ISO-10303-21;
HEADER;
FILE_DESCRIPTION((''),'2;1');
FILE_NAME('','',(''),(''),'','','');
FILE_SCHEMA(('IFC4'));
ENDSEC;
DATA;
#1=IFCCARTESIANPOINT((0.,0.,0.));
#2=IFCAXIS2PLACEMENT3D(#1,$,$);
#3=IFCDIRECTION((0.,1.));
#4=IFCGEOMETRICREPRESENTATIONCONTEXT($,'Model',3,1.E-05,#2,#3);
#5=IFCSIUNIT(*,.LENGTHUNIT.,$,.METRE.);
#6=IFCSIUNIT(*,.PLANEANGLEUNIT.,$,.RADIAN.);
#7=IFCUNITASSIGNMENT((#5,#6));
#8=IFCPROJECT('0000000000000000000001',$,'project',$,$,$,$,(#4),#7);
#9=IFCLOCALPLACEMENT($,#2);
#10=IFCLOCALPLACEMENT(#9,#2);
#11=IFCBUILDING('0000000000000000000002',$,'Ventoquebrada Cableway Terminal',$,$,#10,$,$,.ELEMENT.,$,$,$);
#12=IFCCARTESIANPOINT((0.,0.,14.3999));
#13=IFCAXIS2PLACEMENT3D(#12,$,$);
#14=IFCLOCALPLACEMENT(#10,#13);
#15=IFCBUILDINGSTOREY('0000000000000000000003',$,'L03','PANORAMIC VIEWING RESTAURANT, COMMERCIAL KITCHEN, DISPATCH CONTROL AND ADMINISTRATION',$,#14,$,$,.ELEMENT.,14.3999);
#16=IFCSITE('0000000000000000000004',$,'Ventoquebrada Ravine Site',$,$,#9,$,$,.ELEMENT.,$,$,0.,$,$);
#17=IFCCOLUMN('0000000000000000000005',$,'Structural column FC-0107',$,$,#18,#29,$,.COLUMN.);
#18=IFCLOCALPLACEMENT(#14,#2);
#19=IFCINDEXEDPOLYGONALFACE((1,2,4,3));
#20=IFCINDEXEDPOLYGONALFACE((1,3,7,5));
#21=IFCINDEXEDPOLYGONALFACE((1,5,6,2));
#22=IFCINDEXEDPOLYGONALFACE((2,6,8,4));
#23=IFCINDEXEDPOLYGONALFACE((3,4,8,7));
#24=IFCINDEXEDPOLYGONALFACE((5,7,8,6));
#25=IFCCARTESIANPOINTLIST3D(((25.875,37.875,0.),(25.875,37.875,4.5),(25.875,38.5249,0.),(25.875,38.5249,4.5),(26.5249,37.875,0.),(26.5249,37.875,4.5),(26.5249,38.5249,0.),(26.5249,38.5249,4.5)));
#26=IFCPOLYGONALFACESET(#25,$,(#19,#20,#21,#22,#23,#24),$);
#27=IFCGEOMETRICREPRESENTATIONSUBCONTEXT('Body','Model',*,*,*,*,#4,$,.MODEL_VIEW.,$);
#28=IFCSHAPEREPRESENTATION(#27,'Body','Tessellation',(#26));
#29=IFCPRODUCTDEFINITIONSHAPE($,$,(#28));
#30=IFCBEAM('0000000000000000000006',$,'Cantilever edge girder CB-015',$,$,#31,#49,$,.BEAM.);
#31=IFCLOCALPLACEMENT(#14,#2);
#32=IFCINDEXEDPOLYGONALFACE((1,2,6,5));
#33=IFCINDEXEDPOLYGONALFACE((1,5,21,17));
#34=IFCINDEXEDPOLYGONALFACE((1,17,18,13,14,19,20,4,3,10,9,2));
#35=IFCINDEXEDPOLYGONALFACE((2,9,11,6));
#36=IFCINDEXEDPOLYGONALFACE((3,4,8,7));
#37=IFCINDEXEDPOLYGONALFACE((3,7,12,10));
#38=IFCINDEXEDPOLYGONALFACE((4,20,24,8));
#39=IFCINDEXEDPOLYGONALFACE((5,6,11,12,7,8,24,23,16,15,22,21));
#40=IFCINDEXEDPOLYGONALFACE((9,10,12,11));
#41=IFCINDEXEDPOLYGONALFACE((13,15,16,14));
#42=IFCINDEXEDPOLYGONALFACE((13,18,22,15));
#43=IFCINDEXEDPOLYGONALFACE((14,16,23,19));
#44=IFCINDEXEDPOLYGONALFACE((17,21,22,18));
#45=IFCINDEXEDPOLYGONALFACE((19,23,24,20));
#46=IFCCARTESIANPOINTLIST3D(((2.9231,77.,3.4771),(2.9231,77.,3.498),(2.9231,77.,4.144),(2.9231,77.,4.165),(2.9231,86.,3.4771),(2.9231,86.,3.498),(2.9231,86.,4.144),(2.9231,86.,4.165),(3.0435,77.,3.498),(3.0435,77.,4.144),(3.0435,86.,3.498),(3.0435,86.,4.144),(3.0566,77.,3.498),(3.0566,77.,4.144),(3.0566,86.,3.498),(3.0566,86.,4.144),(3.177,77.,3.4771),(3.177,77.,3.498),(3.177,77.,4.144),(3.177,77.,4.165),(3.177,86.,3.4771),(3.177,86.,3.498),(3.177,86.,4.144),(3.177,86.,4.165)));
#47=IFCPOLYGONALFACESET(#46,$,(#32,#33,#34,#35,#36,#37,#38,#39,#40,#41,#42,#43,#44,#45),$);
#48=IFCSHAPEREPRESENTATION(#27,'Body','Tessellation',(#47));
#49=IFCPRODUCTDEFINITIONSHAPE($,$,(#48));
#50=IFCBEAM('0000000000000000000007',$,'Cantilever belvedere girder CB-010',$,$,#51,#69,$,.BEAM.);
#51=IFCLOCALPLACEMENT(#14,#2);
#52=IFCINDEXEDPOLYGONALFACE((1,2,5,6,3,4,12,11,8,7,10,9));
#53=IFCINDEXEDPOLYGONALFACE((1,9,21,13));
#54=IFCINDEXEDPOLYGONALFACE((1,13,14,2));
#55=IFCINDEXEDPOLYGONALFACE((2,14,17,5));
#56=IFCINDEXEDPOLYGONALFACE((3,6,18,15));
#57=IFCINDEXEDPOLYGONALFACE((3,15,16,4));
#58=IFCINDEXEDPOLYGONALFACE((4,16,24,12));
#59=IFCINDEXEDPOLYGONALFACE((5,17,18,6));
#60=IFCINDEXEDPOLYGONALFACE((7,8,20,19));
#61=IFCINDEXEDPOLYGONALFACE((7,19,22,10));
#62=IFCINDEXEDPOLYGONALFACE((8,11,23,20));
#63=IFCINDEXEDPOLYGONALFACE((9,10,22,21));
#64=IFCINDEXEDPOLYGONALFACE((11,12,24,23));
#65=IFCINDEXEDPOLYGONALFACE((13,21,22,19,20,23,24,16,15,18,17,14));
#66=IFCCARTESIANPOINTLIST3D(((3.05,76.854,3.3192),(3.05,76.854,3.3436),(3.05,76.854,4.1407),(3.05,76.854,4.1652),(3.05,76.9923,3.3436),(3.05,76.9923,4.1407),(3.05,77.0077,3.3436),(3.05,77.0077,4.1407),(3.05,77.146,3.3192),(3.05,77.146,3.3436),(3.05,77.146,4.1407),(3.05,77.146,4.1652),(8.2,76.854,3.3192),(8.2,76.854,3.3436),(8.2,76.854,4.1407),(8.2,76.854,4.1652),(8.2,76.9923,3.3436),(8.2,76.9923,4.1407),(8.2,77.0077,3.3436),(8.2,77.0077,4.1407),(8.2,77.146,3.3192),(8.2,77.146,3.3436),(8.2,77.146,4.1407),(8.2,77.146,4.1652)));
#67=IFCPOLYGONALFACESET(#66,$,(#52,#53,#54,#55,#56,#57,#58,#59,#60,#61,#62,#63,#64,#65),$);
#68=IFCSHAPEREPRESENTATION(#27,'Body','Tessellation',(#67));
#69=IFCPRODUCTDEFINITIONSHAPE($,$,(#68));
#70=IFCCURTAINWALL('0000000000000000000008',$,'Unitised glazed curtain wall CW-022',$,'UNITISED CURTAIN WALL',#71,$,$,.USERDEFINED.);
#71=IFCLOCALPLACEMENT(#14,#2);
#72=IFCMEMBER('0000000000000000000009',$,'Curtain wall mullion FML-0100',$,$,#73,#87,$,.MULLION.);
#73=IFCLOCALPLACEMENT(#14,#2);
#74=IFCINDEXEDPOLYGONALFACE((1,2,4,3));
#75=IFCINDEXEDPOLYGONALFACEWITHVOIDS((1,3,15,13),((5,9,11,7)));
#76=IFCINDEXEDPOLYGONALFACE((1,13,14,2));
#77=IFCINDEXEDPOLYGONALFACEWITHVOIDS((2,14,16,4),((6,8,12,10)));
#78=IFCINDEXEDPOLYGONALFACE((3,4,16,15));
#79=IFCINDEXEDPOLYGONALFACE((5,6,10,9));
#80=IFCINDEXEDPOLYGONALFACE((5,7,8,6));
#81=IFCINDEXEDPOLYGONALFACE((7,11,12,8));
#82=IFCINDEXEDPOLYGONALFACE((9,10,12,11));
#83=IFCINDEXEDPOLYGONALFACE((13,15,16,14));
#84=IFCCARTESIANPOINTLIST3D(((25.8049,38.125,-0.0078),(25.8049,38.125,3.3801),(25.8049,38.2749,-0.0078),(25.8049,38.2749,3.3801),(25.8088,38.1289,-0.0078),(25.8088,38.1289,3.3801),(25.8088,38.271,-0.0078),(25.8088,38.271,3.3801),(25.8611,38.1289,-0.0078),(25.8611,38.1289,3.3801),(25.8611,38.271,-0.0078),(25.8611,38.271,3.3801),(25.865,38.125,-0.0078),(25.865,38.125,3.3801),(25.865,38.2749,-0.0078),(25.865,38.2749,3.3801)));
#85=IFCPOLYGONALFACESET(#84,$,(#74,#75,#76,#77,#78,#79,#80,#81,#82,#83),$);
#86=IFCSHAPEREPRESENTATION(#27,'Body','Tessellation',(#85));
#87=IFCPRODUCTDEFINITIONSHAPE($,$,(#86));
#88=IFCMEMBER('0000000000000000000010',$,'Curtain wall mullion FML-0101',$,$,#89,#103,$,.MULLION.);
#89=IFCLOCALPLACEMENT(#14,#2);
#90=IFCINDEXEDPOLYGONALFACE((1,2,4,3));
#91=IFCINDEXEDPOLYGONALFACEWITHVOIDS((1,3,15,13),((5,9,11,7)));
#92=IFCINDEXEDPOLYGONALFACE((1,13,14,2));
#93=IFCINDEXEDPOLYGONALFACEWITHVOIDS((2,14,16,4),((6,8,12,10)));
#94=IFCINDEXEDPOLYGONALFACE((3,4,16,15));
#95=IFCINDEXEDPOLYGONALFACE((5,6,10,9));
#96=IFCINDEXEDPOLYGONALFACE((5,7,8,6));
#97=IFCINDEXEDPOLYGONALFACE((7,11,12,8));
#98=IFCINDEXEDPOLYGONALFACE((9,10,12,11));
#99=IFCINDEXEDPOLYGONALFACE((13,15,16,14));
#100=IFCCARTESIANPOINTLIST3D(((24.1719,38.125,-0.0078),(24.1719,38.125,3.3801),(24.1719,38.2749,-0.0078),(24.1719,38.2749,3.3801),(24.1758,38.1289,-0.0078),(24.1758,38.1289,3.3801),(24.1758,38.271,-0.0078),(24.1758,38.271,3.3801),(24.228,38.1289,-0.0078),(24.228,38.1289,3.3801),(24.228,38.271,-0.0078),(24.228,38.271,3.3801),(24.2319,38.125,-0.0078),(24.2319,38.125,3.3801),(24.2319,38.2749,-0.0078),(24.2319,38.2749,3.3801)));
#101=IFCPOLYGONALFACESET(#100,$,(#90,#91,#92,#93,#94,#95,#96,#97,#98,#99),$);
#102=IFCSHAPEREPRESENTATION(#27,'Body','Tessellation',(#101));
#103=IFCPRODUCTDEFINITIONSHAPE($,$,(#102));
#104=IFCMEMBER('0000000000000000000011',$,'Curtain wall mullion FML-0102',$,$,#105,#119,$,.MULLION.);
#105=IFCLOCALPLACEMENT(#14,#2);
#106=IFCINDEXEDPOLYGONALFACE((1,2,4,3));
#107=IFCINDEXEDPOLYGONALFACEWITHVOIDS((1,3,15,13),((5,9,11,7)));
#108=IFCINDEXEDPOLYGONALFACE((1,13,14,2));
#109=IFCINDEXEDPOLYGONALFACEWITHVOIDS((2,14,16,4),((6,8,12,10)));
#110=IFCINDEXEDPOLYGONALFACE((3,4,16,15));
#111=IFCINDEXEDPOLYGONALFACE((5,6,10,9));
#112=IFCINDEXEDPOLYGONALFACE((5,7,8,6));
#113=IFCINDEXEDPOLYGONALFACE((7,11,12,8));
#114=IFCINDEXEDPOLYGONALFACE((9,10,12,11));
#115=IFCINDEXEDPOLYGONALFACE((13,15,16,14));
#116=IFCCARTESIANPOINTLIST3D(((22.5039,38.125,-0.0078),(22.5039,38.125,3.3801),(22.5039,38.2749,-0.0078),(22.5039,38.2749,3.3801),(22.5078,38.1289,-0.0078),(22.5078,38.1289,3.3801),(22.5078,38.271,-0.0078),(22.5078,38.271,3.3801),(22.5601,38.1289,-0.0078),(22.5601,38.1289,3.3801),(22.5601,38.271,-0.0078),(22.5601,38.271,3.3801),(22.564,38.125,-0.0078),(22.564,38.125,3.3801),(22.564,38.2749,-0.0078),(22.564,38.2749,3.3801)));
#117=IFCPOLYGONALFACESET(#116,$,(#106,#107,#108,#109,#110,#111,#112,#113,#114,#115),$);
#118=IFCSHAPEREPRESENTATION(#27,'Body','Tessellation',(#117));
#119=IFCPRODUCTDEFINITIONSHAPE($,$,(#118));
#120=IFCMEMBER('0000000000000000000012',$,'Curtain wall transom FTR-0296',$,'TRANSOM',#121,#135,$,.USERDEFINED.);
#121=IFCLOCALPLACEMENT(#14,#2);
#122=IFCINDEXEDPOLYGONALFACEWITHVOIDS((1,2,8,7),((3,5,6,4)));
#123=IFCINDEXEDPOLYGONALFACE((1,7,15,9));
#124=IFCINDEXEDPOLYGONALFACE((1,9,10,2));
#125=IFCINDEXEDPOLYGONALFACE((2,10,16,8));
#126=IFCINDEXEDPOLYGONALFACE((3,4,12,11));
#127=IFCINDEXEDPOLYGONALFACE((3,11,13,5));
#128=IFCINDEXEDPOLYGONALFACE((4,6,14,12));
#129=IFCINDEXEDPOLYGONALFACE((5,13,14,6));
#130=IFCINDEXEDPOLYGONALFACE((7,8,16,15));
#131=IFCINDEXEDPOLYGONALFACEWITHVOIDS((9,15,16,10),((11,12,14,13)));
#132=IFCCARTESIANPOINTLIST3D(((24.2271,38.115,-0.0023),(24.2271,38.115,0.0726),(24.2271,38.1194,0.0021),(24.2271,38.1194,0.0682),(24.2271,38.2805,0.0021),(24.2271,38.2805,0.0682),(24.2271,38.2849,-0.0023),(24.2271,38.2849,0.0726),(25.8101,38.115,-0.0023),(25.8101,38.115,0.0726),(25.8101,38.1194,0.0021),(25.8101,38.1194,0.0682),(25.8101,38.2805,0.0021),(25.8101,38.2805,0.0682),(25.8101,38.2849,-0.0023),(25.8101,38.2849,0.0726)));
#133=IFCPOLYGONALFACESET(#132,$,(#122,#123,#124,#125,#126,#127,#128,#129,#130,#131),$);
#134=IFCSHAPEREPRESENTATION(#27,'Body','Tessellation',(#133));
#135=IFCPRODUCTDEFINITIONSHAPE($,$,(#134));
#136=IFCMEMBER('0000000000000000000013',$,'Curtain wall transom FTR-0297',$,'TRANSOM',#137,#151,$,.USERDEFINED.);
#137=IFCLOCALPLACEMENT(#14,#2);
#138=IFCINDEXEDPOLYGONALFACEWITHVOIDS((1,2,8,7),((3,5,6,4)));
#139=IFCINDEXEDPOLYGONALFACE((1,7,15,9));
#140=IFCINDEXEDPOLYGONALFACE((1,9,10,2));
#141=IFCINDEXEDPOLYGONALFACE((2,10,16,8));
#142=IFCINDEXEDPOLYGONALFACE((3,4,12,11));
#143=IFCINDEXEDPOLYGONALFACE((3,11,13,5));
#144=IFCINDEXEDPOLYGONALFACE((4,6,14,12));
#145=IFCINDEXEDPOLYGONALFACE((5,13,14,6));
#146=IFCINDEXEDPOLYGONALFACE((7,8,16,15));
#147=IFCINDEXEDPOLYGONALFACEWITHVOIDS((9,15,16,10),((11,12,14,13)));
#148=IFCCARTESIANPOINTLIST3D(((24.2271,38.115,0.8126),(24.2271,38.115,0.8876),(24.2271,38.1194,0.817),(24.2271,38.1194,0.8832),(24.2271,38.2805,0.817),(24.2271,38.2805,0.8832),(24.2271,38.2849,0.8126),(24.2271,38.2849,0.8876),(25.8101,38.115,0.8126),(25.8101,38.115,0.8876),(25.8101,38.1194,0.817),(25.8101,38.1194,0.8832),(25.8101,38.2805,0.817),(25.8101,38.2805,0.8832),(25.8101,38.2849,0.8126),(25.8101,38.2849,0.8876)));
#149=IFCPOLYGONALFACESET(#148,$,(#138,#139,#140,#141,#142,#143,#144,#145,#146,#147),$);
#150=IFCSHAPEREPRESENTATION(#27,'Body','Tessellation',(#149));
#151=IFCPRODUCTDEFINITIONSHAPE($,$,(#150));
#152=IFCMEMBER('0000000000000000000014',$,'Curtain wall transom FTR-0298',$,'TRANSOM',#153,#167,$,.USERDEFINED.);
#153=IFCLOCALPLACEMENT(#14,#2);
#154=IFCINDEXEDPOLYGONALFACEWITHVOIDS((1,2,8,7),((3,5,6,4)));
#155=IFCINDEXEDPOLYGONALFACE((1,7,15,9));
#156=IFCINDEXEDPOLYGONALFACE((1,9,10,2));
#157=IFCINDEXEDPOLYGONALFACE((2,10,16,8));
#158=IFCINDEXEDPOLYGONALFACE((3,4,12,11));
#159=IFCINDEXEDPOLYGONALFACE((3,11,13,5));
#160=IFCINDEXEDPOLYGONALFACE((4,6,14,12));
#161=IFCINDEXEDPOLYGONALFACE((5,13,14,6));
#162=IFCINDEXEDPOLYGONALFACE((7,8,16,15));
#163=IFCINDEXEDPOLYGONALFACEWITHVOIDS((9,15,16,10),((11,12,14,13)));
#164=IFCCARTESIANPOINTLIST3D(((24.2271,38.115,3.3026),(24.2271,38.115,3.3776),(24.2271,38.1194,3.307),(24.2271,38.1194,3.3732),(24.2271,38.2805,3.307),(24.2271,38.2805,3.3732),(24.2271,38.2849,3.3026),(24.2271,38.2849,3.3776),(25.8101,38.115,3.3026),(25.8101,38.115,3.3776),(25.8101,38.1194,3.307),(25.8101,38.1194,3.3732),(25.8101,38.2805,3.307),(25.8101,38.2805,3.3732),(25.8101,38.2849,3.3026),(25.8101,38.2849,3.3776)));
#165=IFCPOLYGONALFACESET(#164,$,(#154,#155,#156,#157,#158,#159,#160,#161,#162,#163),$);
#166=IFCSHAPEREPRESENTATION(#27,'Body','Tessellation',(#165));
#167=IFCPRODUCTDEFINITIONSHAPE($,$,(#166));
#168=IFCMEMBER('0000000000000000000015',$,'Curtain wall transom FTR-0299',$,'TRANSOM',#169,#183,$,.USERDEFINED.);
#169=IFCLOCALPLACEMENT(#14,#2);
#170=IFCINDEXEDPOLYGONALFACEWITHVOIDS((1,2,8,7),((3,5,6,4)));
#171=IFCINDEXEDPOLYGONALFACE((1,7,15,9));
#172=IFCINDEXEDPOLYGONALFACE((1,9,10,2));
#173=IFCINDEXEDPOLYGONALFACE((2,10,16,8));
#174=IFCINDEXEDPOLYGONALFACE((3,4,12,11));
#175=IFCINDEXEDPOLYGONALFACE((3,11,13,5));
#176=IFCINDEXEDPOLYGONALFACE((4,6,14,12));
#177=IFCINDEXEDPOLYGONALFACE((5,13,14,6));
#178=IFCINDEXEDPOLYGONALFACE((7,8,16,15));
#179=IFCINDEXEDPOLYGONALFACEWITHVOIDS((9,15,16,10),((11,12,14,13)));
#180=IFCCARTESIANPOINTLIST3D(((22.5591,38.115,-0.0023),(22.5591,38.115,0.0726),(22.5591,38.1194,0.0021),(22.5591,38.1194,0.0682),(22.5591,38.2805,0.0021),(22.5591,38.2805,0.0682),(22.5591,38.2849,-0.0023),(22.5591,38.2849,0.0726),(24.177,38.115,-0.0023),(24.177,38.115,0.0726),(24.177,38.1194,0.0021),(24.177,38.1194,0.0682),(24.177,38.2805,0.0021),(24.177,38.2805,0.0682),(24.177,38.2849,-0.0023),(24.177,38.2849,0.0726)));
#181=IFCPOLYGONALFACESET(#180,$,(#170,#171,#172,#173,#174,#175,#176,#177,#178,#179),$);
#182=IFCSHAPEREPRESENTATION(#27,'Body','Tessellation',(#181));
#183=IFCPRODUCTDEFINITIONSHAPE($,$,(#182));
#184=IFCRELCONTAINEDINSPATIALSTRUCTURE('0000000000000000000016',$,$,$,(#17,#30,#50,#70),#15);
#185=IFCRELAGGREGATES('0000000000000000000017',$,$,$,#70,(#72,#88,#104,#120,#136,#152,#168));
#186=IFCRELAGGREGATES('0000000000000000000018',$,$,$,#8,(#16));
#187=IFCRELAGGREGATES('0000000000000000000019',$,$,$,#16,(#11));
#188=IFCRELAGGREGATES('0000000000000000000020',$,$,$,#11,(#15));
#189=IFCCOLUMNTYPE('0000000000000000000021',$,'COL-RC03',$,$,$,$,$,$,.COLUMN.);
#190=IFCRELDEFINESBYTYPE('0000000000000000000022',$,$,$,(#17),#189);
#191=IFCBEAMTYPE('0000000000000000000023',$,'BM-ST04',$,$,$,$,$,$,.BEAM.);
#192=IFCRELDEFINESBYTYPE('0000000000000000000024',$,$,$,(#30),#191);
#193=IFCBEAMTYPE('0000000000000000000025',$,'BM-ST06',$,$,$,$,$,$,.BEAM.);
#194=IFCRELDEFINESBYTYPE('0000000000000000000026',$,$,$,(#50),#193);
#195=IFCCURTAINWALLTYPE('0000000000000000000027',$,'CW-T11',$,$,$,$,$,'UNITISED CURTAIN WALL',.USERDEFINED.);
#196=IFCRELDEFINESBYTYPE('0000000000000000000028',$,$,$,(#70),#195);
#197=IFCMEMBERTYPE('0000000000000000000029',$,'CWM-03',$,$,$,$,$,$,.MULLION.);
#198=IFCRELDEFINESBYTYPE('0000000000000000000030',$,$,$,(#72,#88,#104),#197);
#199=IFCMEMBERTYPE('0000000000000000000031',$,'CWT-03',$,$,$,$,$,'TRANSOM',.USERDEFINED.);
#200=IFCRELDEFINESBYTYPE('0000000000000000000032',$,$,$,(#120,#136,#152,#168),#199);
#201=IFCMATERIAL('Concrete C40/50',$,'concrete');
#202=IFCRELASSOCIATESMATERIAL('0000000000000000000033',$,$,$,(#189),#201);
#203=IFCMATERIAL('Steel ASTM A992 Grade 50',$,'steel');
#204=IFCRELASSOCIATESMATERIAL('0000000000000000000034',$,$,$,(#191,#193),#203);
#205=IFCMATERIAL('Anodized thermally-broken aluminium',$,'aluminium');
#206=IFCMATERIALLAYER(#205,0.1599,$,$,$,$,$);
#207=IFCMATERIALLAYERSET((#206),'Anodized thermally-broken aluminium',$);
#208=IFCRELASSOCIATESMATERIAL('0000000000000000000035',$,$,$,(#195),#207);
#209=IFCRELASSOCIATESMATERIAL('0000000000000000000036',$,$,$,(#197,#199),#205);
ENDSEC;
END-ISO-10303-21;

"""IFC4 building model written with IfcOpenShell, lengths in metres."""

from ifc_helpers import new_model, si_unit, direction, frame, origin, origin_2d, place, context, subcontext, project, spatial, rectangle, hollow_rectangle, i_section, extrude, material, layer, layer_set, material_profile, profile_set, type_object, element, aggregate, save


model = new_model("IFC4")

# Units and contexts
model_context = context("Model", 3, precision=1e-05, world=origin(), true_north=direction((0.0, 1.0)))
body_context = subcontext(model_context, "Body", "Model", "MODEL_VIEW")
ifc_project = project(units=[si_unit("LENGTHUNIT", "METRE"), si_unit("PLANEANGLEUNIT", "RADIAN")], contexts=[model_context])

# Site, building, storey
site_placement = place(None, origin())
site = spatial("IfcSite", under=ifc_project, at=site_placement, Name="Ventoquebrada Ravine Site", CompositionType="ELEMENT", RefElevation=0.0)
building_placement = place(site_placement, origin())
building = spatial("IfcBuilding", under=site, at=building_placement, Name="Ventoquebrada Cableway Terminal", CompositionType="ELEMENT")
storey_placement = place(building_placement, frame((0.0, 0.0, 14.3999)))
storey = spatial("IfcBuildingStorey", under=building, at=storey_placement, Name="L03", Description="PANORAMIC VIEWING RESTAURANT, COMMERCIAL KITCHEN, DISPATCH CONTROL AND ADMINISTRATION", CompositionType="ELEMENT", Elevation=14.3999)

# Column
ifc_material_1 = material(Name="Concrete C40/50", Category="concrete")
ifc_material_profile_1 = material_profile(ifc_material_1, rectangle(XDim=0.6499, YDim=0.6499, at=origin_2d()), Name="RC-COL-650X650")
ifc_profile_set_1 = profile_set([ifc_material_profile_1], Name="Concrete C40/50")
column_type = type_object("IfcColumnType", Name="COL-RC03", PredefinedType="COLUMN", material=ifc_profile_set_1)
column_placement = place(storey_placement, frame((26.2, 38.2, 0.0), z_axis=(0.0, 0.0, 1.0), x_axis=(1.0, 0.0, 0.0)))
element("IfcColumn", 1, at=column_placement, inside=storey, type_object=column_type, Name="Structural column FC-0107", PredefinedType="COLUMN", context=body_context, shape_type="SweptSolid", body=[
    extrude(rectangle(XDim=0.6499, YDim=0.6499, at=origin_2d()), origin(), (0.0, 0.0, 1.0), 4.5),
])

# Beams
ifc_material_2 = material(Name="Steel ASTM A992 Grade 50", Category="steel")
ifc_material_profile_2 = material_profile(ifc_material_2, i_section(OverallWidth=0.2539, OverallDepth=0.688, WebThickness=0.0132, FlangeThickness=0.021, at=origin_2d()), Name="W27X102")
ifc_profile_set_2 = profile_set([ifc_material_profile_2], Name="Steel ASTM A992 Grade 50")
beam_type_1 = type_object("IfcBeamType", Name="BM-ST04", PredefinedType="BEAM", material=ifc_profile_set_2)
beam_1_placement = place(storey_placement, frame((3.05, 77.0, 3.821), z_axis=(0.0, 1.0, 0.0), x_axis=(-1.0, 0.0, 0.0)))
element("IfcBeam", 2, at=beam_1_placement, inside=storey, type_object=beam_type_1, Name="Cantilever edge girder CB-015", PredefinedType="BEAM", context=body_context, shape_type="SweptSolid", body=[
    extrude(i_section(OverallWidth=0.2539, OverallDepth=0.688, WebThickness=0.0132, FlangeThickness=0.021, at=origin_2d()), origin(), (0.0, 0.0, 1.0), 9.0),
])
ifc_material_profile_3 = material_profile(ifc_material_2, i_section(OverallWidth=0.292, OverallDepth=0.8459, WebThickness=0.0154, FlangeThickness=0.0244, at=origin_2d()), Name="W33X141")
ifc_profile_set_3 = profile_set([ifc_material_profile_3], Name="Steel ASTM A992 Grade 50")
beam_type_2 = type_object("IfcBeamType", Name="BM-ST06", PredefinedType="BEAM", material=ifc_profile_set_3)
beam_2_placement = place(storey_placement, frame((3.05, 77.0, 3.7422), z_axis=(1.0, 0.0, 0.0), x_axis=(0.0, 1.0, 0.0)))
element("IfcBeam", 3, at=beam_2_placement, inside=storey, type_object=beam_type_2, Name="Cantilever belvedere girder CB-010", PredefinedType="BEAM", context=body_context, shape_type="SweptSolid", body=[
    extrude(i_section(OverallWidth=0.292, OverallDepth=0.8459, WebThickness=0.0154, FlangeThickness=0.0244, at=origin_2d()), origin(), (0.0, 0.0, 1.0), 5.1499),
])

# Curtain wall, members
ifc_material_3 = material(Name="Anodized thermally-broken aluminium", Category="aluminium")
ifc_layer_1 = layer(ifc_material_3, 0.1599)
ifc_layer_set_1 = layer_set([ifc_layer_1], Name="Anodized thermally-broken aluminium")
curtain_wall_type = type_object("IfcCurtainWallType", Name="CW-T11", ElementType="UNITISED CURTAIN WALL", PredefinedType="USERDEFINED", material=ifc_layer_set_1)
curtain_wall_placement = place(storey_placement, origin())
curtain_wall = element("IfcCurtainWall", 4, at=curtain_wall_placement, inside=storey, type_object=curtain_wall_type, Name="Unitised glazed curtain wall CW-022", ObjectType="UNITISED CURTAIN WALL", PredefinedType="USERDEFINED")
ifc_material_profile_4 = material_profile(ifc_material_3, hollow_rectangle(XDim=0.0601, YDim=0.1499, WallThickness=0.0039, at=origin_2d()), Name="CW-MUL-60X150")
ifc_profile_set_4 = profile_set([ifc_material_profile_4], Name="Anodized thermally-broken aluminium")
member_type_1 = type_object("IfcMemberType", Name="CWM-03", PredefinedType="MULLION", material=ifc_profile_set_4)
member_1_placement = place(storey_placement, frame((25.835, 38.2, -0.0078), z_axis=(0.0, 0.0, 1.0), x_axis=(-1.0, 0.0, 0.0)))
member_1 = element("IfcMember", 5, at=member_1_placement, type_object=member_type_1, Name="Curtain wall mullion FML-0100", PredefinedType="MULLION", context=body_context, shape_type="SweptSolid", body=[
    extrude(hollow_rectangle(XDim=0.0601, YDim=0.1499, WallThickness=0.0039, at=origin_2d()), origin(), (0.0, 0.0, 1.0), 3.3879),
])
member_2_placement = place(storey_placement, frame((24.2019, 38.2, -0.0078), z_axis=(0.0, 0.0, 1.0), x_axis=(-1.0, 0.0, 0.0)))
member_2 = element("IfcMember", 6, at=member_2_placement, type_object=member_type_1, Name="Curtain wall mullion FML-0101", PredefinedType="MULLION", context=body_context, shape_type="SweptSolid", body=[
    extrude(hollow_rectangle(XDim=0.0601, YDim=0.1499, WallThickness=0.0039, at=origin_2d()), origin(), (0.0, 0.0, 1.0), 3.3879),
])
member_3_placement = place(storey_placement, frame((22.5339, 38.2, -0.0078), z_axis=(0.0, 0.0, 1.0), x_axis=(-1.0, 0.0, 0.0)))
member_3 = element("IfcMember", 7, at=member_3_placement, type_object=member_type_1, Name="Curtain wall mullion FML-0102", PredefinedType="MULLION", context=body_context, shape_type="SweptSolid", body=[
    extrude(hollow_rectangle(XDim=0.0601, YDim=0.1499, WallThickness=0.0039, at=origin_2d()), origin(), (0.0, 0.0, 1.0), 3.3879),
])
ifc_material_profile_5 = material_profile(ifc_material_3, hollow_rectangle(XDim=0.075, YDim=0.1699, WallThickness=0.0044, at=origin_2d()), Name="CW-TRN-75X170")
ifc_profile_set_5 = profile_set([ifc_material_profile_5], Name="Anodized thermally-broken aluminium")
member_type_2 = type_object("IfcMemberType", Name="CWT-03", ElementType="TRANSOM", PredefinedType="USERDEFINED", material=ifc_profile_set_5)
member_4_placement = place(storey_placement, frame((25.8101, 38.2, 0.0352), z_axis=(-1.0, 0.0, 0.0), x_axis=(0.0, 0.0, 1.0)))
member_4 = element("IfcMember", 8, at=member_4_placement, type_object=member_type_2, Name="Curtain wall transom FTR-0296", ObjectType="TRANSOM", PredefinedType="USERDEFINED", context=body_context, shape_type="SweptSolid", body=[
    extrude(hollow_rectangle(XDim=0.075, YDim=0.1699, WallThickness=0.0044, at=origin_2d()), origin(), (0.0, 0.0, 1.0), 1.583),
])
member_5_placement = place(storey_placement, frame((25.8101, 38.2, 0.8501), z_axis=(-1.0, 0.0, 0.0), x_axis=(0.0, 0.0, 1.0)))
member_5 = element("IfcMember", 9, at=member_5_placement, type_object=member_type_2, Name="Curtain wall transom FTR-0297", ObjectType="TRANSOM", PredefinedType="USERDEFINED", context=body_context, shape_type="SweptSolid", body=[
    extrude(hollow_rectangle(XDim=0.075, YDim=0.1699, WallThickness=0.0044, at=origin_2d()), origin(), (0.0, 0.0, 1.0), 1.583),
])
member_6_placement = place(storey_placement, frame((25.8101, 38.2, 3.3401), z_axis=(-1.0, 0.0, 0.0), x_axis=(0.0, 0.0, 1.0)))
member_6 = element("IfcMember", 10, at=member_6_placement, type_object=member_type_2, Name="Curtain wall transom FTR-0298", ObjectType="TRANSOM", PredefinedType="USERDEFINED", context=body_context, shape_type="SweptSolid", body=[
    extrude(hollow_rectangle(XDim=0.075, YDim=0.1699, WallThickness=0.0044, at=origin_2d()), origin(), (0.0, 0.0, 1.0), 1.583),
])
member_7_placement = place(storey_placement, frame((24.177, 38.2, 0.0352), z_axis=(-1.0, 0.0, 0.0), x_axis=(0.0, 0.0, 1.0)))
member_7 = element("IfcMember", 11, at=member_7_placement, type_object=member_type_2, Name="Curtain wall transom FTR-0299", ObjectType="TRANSOM", PredefinedType="USERDEFINED", context=body_context, shape_type="SweptSolid", body=[
    extrude(hollow_rectangle(XDim=0.075, YDim=0.1699, WallThickness=0.0044, at=origin_2d()), origin(), (0.0, 0.0, 1.0), 1.6179),
])
aggregate(curtain_wall, [member_1, member_2, member_3, member_4, member_5, member_6, member_7])

save(model, "model.ifc")
